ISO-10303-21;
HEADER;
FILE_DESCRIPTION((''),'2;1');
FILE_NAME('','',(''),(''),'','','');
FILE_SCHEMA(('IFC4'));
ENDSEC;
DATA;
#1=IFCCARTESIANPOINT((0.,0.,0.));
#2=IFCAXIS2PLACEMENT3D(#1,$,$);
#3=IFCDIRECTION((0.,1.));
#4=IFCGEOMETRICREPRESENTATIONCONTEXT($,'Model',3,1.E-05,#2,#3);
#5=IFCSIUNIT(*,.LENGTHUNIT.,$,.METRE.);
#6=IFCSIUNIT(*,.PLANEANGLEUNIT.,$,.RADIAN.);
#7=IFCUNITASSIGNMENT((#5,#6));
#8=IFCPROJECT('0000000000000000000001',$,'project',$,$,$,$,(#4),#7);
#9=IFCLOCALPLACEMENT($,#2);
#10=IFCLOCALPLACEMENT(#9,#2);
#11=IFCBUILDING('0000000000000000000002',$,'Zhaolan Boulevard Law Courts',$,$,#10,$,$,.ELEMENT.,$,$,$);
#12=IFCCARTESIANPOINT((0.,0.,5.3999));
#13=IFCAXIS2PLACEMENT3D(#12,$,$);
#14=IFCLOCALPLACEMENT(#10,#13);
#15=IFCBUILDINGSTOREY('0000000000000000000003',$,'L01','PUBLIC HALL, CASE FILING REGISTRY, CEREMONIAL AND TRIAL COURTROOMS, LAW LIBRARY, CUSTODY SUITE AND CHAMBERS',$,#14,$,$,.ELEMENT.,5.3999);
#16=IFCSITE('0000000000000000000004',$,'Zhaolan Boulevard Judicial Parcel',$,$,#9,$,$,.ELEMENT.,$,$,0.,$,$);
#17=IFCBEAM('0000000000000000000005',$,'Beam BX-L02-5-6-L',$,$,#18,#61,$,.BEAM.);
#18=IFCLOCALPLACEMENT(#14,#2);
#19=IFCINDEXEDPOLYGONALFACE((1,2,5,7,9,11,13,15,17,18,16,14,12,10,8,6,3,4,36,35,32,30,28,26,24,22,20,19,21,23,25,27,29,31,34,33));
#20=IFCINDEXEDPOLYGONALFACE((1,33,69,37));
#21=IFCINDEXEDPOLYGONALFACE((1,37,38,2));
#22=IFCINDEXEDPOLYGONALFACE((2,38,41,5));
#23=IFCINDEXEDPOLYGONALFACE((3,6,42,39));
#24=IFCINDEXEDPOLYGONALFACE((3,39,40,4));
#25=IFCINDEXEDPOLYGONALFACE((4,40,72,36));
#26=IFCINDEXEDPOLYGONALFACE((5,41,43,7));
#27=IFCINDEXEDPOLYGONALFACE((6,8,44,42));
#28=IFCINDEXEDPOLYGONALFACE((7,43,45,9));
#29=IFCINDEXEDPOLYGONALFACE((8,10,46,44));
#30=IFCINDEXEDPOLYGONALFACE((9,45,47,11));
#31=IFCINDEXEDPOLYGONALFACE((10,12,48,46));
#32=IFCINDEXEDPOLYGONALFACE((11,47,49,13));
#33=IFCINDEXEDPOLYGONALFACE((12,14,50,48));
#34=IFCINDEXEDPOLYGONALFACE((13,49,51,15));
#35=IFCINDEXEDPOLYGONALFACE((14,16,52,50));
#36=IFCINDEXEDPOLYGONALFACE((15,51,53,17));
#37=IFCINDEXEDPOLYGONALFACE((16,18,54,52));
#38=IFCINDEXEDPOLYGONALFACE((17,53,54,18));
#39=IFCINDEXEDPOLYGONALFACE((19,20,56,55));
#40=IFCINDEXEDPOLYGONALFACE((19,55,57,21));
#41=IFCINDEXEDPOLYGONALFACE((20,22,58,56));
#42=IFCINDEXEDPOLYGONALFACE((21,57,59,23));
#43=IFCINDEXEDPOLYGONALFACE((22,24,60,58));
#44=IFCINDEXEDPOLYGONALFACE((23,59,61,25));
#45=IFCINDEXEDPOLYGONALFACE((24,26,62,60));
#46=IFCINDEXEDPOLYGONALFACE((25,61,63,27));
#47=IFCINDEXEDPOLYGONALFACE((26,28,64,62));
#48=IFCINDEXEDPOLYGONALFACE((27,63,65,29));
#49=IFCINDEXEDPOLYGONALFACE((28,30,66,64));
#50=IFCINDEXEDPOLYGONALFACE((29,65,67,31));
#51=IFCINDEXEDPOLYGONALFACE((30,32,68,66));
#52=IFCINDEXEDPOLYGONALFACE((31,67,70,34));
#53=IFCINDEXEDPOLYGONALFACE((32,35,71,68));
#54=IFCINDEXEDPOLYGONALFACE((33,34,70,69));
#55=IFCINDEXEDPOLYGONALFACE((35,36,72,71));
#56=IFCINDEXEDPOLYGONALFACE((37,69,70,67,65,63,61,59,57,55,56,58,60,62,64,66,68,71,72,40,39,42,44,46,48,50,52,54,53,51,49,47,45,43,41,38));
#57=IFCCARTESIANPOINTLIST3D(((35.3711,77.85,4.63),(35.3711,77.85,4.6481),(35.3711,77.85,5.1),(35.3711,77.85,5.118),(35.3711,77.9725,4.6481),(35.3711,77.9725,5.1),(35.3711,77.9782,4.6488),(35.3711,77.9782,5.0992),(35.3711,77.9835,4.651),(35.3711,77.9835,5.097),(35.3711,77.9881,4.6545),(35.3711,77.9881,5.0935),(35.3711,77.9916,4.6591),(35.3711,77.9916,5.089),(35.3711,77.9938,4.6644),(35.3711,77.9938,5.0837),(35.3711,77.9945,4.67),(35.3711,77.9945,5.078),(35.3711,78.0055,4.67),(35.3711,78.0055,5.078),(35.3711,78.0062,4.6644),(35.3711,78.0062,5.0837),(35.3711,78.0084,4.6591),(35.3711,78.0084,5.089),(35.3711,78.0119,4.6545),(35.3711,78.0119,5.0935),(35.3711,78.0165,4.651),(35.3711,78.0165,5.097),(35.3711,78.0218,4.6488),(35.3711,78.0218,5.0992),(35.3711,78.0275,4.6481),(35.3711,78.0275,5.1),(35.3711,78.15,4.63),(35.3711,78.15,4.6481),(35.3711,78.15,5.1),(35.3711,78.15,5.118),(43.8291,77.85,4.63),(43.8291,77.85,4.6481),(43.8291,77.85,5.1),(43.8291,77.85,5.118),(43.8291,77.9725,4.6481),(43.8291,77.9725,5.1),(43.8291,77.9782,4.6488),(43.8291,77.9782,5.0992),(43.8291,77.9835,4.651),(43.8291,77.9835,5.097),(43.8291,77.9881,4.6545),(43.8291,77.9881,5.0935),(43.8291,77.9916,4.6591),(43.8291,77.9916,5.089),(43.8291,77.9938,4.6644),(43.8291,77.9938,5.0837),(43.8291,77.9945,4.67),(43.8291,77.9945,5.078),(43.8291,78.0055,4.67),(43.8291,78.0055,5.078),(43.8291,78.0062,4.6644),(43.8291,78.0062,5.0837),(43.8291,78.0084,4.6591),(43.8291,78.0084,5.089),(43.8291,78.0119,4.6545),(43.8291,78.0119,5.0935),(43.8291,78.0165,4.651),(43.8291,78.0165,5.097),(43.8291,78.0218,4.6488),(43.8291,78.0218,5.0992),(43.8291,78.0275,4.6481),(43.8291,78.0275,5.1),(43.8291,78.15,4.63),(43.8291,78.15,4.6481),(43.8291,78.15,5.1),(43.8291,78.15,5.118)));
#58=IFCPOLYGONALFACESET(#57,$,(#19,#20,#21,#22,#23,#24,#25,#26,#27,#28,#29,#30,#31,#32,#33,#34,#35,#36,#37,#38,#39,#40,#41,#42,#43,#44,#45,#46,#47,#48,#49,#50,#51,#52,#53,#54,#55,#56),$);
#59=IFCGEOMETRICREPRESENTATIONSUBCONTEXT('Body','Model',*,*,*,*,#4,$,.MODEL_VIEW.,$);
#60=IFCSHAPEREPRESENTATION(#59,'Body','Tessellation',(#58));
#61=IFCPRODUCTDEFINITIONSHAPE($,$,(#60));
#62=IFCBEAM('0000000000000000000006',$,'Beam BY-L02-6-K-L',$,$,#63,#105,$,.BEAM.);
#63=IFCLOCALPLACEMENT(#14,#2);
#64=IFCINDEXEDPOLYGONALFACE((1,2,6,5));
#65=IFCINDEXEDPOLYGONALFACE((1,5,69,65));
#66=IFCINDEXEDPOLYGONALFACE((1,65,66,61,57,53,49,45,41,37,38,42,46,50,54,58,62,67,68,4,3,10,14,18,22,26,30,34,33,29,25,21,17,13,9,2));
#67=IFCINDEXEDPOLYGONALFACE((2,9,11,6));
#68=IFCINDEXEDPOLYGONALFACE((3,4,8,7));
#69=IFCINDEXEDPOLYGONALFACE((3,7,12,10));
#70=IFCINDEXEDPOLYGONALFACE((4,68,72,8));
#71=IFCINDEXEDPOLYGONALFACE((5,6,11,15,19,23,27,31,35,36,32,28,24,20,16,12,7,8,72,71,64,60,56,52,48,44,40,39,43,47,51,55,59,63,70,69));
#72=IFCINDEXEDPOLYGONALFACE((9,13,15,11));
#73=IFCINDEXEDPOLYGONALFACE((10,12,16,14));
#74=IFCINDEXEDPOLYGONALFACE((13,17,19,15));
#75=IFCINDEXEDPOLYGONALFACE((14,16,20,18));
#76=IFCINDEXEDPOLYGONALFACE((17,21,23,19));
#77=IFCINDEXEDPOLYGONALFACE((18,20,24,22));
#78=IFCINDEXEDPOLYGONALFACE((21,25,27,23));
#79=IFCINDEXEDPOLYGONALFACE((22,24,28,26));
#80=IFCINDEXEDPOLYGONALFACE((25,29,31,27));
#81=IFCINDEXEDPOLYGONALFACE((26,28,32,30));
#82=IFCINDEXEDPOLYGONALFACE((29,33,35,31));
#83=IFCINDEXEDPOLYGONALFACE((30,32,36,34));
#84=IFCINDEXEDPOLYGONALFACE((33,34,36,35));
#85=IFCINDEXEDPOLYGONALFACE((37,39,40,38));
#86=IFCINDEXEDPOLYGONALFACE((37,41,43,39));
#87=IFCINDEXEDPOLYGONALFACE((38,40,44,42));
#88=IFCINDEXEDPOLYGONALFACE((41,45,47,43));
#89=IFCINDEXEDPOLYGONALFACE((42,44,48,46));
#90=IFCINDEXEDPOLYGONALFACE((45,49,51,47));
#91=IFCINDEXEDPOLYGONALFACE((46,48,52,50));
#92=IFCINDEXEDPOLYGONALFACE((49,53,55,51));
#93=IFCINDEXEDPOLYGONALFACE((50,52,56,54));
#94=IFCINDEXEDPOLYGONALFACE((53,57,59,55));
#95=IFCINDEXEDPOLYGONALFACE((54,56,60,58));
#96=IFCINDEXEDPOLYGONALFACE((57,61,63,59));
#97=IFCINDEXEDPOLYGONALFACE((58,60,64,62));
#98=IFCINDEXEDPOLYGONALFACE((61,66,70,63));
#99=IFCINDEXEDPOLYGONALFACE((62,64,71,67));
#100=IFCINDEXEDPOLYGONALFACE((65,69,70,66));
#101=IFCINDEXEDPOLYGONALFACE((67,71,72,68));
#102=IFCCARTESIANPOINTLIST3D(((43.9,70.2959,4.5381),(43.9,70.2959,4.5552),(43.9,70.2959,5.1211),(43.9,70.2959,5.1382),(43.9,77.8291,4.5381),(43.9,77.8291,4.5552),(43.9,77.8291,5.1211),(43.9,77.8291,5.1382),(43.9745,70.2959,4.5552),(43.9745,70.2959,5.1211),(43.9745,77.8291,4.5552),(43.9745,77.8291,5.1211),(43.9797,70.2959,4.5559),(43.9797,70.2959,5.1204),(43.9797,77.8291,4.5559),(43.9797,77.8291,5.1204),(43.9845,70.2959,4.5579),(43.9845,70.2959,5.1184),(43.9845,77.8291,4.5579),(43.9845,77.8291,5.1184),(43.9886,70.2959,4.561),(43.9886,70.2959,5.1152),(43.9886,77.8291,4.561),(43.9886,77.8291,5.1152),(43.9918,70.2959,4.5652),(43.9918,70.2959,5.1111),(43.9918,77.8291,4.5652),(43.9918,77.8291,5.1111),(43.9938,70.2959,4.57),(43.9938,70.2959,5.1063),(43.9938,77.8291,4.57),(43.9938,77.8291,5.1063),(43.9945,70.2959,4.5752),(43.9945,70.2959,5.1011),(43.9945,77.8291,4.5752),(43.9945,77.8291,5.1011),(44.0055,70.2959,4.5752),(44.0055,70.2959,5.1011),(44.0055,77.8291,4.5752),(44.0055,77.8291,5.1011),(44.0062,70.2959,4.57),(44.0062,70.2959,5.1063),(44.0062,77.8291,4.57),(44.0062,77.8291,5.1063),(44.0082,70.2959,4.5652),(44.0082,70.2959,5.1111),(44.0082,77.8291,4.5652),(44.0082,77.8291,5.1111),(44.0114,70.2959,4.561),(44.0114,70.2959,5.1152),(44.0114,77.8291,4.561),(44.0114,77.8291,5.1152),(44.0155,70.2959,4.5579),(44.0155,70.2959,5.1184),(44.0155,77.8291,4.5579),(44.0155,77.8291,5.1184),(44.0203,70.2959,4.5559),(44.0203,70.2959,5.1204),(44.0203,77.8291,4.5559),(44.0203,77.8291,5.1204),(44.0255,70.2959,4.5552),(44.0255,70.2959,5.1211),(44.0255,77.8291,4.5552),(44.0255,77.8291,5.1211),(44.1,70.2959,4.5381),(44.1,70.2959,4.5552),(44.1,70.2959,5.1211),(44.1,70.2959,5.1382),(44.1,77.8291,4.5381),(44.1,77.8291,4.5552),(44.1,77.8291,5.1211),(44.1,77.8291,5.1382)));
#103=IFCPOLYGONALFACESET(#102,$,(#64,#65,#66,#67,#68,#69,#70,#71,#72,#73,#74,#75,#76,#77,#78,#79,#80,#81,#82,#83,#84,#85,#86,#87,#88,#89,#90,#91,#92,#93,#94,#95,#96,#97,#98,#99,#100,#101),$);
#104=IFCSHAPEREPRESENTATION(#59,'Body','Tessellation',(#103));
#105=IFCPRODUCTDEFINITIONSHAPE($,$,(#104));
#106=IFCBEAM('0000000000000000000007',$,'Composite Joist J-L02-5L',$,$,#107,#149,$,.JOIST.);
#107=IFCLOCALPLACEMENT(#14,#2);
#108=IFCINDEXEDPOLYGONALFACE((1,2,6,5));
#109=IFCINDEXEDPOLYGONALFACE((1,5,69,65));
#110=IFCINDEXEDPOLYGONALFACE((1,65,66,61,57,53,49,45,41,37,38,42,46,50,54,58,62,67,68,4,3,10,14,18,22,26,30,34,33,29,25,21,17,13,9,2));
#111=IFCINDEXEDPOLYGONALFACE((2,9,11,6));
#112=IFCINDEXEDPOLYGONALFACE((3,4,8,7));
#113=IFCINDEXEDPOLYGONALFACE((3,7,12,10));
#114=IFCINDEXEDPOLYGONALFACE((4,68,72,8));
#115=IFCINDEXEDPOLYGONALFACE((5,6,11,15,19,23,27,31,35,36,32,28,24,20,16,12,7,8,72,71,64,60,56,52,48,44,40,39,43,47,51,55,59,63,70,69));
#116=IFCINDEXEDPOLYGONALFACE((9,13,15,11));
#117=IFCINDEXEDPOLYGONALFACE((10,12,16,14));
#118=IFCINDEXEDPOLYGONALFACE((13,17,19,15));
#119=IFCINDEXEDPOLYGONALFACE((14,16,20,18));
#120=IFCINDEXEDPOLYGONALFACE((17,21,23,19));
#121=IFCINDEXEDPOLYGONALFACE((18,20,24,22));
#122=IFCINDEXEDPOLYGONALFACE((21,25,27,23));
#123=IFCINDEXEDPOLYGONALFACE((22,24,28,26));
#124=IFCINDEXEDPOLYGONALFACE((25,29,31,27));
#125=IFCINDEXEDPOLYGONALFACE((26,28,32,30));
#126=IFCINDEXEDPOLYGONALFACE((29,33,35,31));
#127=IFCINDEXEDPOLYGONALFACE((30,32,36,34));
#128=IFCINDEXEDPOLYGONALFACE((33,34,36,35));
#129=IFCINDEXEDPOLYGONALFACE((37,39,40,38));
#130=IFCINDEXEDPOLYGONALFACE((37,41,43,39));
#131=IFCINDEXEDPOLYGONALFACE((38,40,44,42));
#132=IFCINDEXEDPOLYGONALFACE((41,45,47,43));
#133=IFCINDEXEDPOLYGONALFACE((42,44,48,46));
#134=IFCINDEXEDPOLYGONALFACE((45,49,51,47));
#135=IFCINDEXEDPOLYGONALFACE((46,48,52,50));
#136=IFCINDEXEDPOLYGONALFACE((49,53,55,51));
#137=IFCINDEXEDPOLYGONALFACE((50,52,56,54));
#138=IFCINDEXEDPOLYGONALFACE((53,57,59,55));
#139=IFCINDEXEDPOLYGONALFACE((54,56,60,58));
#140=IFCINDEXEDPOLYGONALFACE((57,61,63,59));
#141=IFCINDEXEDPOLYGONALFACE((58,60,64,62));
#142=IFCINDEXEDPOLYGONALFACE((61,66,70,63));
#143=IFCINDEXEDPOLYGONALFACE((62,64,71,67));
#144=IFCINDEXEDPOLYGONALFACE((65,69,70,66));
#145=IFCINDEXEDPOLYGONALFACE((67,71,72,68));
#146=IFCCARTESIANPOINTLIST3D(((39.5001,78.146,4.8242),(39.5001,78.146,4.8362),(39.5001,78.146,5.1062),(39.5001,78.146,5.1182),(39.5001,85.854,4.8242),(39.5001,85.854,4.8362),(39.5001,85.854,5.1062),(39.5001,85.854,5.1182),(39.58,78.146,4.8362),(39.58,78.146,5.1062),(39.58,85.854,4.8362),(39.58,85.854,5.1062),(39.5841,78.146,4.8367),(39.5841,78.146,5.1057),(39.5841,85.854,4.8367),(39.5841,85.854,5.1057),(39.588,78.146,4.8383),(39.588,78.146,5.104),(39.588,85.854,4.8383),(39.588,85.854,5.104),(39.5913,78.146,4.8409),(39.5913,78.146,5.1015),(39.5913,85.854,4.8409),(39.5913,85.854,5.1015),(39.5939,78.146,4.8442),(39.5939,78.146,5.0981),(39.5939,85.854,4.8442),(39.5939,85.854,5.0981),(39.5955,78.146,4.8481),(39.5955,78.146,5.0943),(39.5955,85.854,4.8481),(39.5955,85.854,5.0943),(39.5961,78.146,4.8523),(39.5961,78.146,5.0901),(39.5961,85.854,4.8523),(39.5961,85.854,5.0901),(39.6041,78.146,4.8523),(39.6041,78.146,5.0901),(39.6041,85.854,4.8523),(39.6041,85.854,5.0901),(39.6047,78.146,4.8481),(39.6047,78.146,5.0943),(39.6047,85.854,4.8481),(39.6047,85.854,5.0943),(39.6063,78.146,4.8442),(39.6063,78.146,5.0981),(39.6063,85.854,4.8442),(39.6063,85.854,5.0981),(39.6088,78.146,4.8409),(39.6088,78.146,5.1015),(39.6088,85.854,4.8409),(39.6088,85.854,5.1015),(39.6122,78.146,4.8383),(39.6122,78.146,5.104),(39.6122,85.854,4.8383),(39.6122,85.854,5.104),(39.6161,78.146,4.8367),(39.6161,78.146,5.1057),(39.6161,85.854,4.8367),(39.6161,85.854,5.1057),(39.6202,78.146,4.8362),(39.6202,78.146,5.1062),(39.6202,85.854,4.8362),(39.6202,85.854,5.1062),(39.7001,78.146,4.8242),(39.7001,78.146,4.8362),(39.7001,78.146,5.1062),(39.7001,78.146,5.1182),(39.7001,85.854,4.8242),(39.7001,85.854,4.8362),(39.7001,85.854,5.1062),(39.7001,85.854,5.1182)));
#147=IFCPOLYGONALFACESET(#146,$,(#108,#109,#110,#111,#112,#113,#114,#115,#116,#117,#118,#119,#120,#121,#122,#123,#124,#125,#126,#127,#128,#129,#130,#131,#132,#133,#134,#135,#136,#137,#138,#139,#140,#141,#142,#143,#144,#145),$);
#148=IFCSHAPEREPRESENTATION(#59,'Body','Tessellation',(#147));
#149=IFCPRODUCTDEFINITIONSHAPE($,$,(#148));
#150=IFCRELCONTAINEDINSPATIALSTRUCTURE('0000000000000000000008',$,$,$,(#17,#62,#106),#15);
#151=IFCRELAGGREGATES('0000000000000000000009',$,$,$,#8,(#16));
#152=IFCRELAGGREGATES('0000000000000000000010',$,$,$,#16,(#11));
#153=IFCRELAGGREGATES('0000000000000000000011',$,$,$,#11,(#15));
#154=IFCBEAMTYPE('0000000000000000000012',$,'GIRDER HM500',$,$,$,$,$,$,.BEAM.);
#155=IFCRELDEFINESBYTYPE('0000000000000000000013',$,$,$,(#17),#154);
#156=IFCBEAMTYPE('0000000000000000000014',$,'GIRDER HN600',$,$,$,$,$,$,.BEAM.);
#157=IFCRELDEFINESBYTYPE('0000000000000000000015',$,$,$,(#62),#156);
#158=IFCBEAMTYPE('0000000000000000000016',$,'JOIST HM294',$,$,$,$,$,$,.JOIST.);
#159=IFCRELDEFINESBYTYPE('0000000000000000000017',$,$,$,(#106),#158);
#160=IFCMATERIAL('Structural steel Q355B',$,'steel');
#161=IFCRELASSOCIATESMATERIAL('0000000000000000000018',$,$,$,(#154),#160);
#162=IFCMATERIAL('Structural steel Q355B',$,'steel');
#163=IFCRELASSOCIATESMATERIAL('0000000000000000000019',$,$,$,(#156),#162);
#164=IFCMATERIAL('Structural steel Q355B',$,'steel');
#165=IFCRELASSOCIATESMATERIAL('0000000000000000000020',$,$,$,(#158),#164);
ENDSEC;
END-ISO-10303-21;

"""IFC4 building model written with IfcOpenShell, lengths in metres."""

from ifc_helpers import new_model, si_unit, direction, frame, origin, origin_2d, place, context, subcontext, project, spatial, i_section, extrude, material, material_profile, profile_set, type_object, element, save


model = new_model("IFC4")

# Units and contexts
model_context = context("Model", 3, precision=1e-05, world=origin(), true_north=direction((0.0, 1.0)))
body_context = subcontext(model_context, "Body", "Model", "MODEL_VIEW")
ifc_project = project(units=[si_unit("LENGTHUNIT", "METRE"), si_unit("PLANEANGLEUNIT", "RADIAN")], contexts=[model_context])

# Site, building, storey
site_placement = place(None, origin())
site = spatial("IfcSite", under=ifc_project, at=site_placement, Name="Zhaolan Boulevard Judicial Parcel", CompositionType="ELEMENT", RefElevation=0.0)
building_placement = place(site_placement, origin())
building = spatial("IfcBuilding", under=site, at=building_placement, Name="Zhaolan Boulevard Law Courts", CompositionType="ELEMENT")
storey_placement = place(building_placement, frame((0.0, 0.0, 5.3999)))
storey = spatial("IfcBuildingStorey", under=building, at=storey_placement, Name="L01", Description="PUBLIC HALL, CASE FILING REGISTRY, CEREMONIAL AND TRIAL COURTROOMS, LAW LIBRARY, CUSTODY SUITE AND CHAMBERS", CompositionType="ELEMENT", Elevation=5.3999)

# Beams
ifc_material_1 = material(Name="Structural steel Q355B", Category="steel")
ifc_material_profile_1 = material_profile(ifc_material_1, i_section(OverallWidth=0.3, OverallDepth=0.488, WebThickness=0.011, FlangeThickness=0.0181, FilletRadius=0.022, at=origin_2d()), Name="HM488x300")
ifc_profile_set_1 = profile_set([ifc_material_profile_1], Name="Structural steel Q355B")
beam_type_1 = type_object("IfcBeamType", Name="GIRDER HM500", PredefinedType="BEAM", material=ifc_profile_set_1)
beam_1_placement = place(storey_placement, frame((35.3711, 78.0, 4.874), z_axis=(1.0, 0.0, 0.0), x_axis=(0.0, 1.0, 0.0)))
element("IfcBeam", 1, at=beam_1_placement, inside=storey, type_object=beam_type_1, Name="Beam BX-L02-5-6-L", PredefinedType="BEAM", context=body_context, shape_type="SweptSolid", body=[
    extrude(i_section(OverallWidth=0.3, OverallDepth=0.488, WebThickness=0.011, FlangeThickness=0.0181, FilletRadius=0.022, at=origin_2d()), origin(), (0.0, 0.0, 1.0), 8.458),
])
ifc_material_2 = material(Name="Structural steel Q355B", Category="steel")
ifc_material_profile_2 = material_profile(ifc_material_2, i_section(OverallWidth=0.2, OverallDepth=0.6001, WebThickness=0.011, FlangeThickness=0.0171, FilletRadius=0.02, at=origin_2d()), Name="HN600x200")
ifc_profile_set_2 = profile_set([ifc_material_profile_2], Name="Structural steel Q355B")
beam_type_2 = type_object("IfcBeamType", Name="GIRDER HN600", PredefinedType="BEAM", material=ifc_profile_set_2)
beam_2_placement = place(storey_placement, frame((44.0, 70.2959, 4.8381), z_axis=(0.0, 1.0, 0.0), x_axis=(-1.0, 0.0, 0.0)))
element("IfcBeam", 2, at=beam_2_placement, inside=storey, type_object=beam_type_2, Name="Beam BY-L02-6-K-L", PredefinedType="BEAM", context=body_context, shape_type="SweptSolid", body=[
    extrude(i_section(OverallWidth=0.2, OverallDepth=0.6001, WebThickness=0.011, FlangeThickness=0.0171, FilletRadius=0.02, at=origin_2d()), origin(), (0.0, 0.0, 1.0), 7.5332),
])
ifc_material_3 = material(Name="Structural steel Q355B", Category="steel")
ifc_material_profile_3 = material_profile(ifc_material_3, i_section(OverallWidth=0.2, OverallDepth=0.2939, WebThickness=0.0081, FlangeThickness=0.012, FilletRadius=0.0161, at=origin_2d()), Name="HM294x200")
ifc_profile_set_3 = profile_set([ifc_material_profile_3], Name="Structural steel Q355B")
beam_type_3 = type_object("IfcBeamType", Name="JOIST HM294", PredefinedType="JOIST", material=ifc_profile_set_3)
beam_3_placement = place(storey_placement, frame((39.6001, 78.146, 4.9712), z_axis=(0.0, 1.0, 0.0), x_axis=(-1.0, 0.0, 0.0)))
element("IfcBeam", 3, at=beam_3_placement, inside=storey, type_object=beam_type_3, Name="Composite Joist J-L02-5L", PredefinedType="JOIST", context=body_context, shape_type="SweptSolid", body=[
    extrude(i_section(OverallWidth=0.2, OverallDepth=0.2939, WebThickness=0.0081, FlangeThickness=0.012, FilletRadius=0.0161, at=origin_2d()), origin(), (0.0, 0.0, 1.0), 7.708),
])

save(model, "model.ifc")
